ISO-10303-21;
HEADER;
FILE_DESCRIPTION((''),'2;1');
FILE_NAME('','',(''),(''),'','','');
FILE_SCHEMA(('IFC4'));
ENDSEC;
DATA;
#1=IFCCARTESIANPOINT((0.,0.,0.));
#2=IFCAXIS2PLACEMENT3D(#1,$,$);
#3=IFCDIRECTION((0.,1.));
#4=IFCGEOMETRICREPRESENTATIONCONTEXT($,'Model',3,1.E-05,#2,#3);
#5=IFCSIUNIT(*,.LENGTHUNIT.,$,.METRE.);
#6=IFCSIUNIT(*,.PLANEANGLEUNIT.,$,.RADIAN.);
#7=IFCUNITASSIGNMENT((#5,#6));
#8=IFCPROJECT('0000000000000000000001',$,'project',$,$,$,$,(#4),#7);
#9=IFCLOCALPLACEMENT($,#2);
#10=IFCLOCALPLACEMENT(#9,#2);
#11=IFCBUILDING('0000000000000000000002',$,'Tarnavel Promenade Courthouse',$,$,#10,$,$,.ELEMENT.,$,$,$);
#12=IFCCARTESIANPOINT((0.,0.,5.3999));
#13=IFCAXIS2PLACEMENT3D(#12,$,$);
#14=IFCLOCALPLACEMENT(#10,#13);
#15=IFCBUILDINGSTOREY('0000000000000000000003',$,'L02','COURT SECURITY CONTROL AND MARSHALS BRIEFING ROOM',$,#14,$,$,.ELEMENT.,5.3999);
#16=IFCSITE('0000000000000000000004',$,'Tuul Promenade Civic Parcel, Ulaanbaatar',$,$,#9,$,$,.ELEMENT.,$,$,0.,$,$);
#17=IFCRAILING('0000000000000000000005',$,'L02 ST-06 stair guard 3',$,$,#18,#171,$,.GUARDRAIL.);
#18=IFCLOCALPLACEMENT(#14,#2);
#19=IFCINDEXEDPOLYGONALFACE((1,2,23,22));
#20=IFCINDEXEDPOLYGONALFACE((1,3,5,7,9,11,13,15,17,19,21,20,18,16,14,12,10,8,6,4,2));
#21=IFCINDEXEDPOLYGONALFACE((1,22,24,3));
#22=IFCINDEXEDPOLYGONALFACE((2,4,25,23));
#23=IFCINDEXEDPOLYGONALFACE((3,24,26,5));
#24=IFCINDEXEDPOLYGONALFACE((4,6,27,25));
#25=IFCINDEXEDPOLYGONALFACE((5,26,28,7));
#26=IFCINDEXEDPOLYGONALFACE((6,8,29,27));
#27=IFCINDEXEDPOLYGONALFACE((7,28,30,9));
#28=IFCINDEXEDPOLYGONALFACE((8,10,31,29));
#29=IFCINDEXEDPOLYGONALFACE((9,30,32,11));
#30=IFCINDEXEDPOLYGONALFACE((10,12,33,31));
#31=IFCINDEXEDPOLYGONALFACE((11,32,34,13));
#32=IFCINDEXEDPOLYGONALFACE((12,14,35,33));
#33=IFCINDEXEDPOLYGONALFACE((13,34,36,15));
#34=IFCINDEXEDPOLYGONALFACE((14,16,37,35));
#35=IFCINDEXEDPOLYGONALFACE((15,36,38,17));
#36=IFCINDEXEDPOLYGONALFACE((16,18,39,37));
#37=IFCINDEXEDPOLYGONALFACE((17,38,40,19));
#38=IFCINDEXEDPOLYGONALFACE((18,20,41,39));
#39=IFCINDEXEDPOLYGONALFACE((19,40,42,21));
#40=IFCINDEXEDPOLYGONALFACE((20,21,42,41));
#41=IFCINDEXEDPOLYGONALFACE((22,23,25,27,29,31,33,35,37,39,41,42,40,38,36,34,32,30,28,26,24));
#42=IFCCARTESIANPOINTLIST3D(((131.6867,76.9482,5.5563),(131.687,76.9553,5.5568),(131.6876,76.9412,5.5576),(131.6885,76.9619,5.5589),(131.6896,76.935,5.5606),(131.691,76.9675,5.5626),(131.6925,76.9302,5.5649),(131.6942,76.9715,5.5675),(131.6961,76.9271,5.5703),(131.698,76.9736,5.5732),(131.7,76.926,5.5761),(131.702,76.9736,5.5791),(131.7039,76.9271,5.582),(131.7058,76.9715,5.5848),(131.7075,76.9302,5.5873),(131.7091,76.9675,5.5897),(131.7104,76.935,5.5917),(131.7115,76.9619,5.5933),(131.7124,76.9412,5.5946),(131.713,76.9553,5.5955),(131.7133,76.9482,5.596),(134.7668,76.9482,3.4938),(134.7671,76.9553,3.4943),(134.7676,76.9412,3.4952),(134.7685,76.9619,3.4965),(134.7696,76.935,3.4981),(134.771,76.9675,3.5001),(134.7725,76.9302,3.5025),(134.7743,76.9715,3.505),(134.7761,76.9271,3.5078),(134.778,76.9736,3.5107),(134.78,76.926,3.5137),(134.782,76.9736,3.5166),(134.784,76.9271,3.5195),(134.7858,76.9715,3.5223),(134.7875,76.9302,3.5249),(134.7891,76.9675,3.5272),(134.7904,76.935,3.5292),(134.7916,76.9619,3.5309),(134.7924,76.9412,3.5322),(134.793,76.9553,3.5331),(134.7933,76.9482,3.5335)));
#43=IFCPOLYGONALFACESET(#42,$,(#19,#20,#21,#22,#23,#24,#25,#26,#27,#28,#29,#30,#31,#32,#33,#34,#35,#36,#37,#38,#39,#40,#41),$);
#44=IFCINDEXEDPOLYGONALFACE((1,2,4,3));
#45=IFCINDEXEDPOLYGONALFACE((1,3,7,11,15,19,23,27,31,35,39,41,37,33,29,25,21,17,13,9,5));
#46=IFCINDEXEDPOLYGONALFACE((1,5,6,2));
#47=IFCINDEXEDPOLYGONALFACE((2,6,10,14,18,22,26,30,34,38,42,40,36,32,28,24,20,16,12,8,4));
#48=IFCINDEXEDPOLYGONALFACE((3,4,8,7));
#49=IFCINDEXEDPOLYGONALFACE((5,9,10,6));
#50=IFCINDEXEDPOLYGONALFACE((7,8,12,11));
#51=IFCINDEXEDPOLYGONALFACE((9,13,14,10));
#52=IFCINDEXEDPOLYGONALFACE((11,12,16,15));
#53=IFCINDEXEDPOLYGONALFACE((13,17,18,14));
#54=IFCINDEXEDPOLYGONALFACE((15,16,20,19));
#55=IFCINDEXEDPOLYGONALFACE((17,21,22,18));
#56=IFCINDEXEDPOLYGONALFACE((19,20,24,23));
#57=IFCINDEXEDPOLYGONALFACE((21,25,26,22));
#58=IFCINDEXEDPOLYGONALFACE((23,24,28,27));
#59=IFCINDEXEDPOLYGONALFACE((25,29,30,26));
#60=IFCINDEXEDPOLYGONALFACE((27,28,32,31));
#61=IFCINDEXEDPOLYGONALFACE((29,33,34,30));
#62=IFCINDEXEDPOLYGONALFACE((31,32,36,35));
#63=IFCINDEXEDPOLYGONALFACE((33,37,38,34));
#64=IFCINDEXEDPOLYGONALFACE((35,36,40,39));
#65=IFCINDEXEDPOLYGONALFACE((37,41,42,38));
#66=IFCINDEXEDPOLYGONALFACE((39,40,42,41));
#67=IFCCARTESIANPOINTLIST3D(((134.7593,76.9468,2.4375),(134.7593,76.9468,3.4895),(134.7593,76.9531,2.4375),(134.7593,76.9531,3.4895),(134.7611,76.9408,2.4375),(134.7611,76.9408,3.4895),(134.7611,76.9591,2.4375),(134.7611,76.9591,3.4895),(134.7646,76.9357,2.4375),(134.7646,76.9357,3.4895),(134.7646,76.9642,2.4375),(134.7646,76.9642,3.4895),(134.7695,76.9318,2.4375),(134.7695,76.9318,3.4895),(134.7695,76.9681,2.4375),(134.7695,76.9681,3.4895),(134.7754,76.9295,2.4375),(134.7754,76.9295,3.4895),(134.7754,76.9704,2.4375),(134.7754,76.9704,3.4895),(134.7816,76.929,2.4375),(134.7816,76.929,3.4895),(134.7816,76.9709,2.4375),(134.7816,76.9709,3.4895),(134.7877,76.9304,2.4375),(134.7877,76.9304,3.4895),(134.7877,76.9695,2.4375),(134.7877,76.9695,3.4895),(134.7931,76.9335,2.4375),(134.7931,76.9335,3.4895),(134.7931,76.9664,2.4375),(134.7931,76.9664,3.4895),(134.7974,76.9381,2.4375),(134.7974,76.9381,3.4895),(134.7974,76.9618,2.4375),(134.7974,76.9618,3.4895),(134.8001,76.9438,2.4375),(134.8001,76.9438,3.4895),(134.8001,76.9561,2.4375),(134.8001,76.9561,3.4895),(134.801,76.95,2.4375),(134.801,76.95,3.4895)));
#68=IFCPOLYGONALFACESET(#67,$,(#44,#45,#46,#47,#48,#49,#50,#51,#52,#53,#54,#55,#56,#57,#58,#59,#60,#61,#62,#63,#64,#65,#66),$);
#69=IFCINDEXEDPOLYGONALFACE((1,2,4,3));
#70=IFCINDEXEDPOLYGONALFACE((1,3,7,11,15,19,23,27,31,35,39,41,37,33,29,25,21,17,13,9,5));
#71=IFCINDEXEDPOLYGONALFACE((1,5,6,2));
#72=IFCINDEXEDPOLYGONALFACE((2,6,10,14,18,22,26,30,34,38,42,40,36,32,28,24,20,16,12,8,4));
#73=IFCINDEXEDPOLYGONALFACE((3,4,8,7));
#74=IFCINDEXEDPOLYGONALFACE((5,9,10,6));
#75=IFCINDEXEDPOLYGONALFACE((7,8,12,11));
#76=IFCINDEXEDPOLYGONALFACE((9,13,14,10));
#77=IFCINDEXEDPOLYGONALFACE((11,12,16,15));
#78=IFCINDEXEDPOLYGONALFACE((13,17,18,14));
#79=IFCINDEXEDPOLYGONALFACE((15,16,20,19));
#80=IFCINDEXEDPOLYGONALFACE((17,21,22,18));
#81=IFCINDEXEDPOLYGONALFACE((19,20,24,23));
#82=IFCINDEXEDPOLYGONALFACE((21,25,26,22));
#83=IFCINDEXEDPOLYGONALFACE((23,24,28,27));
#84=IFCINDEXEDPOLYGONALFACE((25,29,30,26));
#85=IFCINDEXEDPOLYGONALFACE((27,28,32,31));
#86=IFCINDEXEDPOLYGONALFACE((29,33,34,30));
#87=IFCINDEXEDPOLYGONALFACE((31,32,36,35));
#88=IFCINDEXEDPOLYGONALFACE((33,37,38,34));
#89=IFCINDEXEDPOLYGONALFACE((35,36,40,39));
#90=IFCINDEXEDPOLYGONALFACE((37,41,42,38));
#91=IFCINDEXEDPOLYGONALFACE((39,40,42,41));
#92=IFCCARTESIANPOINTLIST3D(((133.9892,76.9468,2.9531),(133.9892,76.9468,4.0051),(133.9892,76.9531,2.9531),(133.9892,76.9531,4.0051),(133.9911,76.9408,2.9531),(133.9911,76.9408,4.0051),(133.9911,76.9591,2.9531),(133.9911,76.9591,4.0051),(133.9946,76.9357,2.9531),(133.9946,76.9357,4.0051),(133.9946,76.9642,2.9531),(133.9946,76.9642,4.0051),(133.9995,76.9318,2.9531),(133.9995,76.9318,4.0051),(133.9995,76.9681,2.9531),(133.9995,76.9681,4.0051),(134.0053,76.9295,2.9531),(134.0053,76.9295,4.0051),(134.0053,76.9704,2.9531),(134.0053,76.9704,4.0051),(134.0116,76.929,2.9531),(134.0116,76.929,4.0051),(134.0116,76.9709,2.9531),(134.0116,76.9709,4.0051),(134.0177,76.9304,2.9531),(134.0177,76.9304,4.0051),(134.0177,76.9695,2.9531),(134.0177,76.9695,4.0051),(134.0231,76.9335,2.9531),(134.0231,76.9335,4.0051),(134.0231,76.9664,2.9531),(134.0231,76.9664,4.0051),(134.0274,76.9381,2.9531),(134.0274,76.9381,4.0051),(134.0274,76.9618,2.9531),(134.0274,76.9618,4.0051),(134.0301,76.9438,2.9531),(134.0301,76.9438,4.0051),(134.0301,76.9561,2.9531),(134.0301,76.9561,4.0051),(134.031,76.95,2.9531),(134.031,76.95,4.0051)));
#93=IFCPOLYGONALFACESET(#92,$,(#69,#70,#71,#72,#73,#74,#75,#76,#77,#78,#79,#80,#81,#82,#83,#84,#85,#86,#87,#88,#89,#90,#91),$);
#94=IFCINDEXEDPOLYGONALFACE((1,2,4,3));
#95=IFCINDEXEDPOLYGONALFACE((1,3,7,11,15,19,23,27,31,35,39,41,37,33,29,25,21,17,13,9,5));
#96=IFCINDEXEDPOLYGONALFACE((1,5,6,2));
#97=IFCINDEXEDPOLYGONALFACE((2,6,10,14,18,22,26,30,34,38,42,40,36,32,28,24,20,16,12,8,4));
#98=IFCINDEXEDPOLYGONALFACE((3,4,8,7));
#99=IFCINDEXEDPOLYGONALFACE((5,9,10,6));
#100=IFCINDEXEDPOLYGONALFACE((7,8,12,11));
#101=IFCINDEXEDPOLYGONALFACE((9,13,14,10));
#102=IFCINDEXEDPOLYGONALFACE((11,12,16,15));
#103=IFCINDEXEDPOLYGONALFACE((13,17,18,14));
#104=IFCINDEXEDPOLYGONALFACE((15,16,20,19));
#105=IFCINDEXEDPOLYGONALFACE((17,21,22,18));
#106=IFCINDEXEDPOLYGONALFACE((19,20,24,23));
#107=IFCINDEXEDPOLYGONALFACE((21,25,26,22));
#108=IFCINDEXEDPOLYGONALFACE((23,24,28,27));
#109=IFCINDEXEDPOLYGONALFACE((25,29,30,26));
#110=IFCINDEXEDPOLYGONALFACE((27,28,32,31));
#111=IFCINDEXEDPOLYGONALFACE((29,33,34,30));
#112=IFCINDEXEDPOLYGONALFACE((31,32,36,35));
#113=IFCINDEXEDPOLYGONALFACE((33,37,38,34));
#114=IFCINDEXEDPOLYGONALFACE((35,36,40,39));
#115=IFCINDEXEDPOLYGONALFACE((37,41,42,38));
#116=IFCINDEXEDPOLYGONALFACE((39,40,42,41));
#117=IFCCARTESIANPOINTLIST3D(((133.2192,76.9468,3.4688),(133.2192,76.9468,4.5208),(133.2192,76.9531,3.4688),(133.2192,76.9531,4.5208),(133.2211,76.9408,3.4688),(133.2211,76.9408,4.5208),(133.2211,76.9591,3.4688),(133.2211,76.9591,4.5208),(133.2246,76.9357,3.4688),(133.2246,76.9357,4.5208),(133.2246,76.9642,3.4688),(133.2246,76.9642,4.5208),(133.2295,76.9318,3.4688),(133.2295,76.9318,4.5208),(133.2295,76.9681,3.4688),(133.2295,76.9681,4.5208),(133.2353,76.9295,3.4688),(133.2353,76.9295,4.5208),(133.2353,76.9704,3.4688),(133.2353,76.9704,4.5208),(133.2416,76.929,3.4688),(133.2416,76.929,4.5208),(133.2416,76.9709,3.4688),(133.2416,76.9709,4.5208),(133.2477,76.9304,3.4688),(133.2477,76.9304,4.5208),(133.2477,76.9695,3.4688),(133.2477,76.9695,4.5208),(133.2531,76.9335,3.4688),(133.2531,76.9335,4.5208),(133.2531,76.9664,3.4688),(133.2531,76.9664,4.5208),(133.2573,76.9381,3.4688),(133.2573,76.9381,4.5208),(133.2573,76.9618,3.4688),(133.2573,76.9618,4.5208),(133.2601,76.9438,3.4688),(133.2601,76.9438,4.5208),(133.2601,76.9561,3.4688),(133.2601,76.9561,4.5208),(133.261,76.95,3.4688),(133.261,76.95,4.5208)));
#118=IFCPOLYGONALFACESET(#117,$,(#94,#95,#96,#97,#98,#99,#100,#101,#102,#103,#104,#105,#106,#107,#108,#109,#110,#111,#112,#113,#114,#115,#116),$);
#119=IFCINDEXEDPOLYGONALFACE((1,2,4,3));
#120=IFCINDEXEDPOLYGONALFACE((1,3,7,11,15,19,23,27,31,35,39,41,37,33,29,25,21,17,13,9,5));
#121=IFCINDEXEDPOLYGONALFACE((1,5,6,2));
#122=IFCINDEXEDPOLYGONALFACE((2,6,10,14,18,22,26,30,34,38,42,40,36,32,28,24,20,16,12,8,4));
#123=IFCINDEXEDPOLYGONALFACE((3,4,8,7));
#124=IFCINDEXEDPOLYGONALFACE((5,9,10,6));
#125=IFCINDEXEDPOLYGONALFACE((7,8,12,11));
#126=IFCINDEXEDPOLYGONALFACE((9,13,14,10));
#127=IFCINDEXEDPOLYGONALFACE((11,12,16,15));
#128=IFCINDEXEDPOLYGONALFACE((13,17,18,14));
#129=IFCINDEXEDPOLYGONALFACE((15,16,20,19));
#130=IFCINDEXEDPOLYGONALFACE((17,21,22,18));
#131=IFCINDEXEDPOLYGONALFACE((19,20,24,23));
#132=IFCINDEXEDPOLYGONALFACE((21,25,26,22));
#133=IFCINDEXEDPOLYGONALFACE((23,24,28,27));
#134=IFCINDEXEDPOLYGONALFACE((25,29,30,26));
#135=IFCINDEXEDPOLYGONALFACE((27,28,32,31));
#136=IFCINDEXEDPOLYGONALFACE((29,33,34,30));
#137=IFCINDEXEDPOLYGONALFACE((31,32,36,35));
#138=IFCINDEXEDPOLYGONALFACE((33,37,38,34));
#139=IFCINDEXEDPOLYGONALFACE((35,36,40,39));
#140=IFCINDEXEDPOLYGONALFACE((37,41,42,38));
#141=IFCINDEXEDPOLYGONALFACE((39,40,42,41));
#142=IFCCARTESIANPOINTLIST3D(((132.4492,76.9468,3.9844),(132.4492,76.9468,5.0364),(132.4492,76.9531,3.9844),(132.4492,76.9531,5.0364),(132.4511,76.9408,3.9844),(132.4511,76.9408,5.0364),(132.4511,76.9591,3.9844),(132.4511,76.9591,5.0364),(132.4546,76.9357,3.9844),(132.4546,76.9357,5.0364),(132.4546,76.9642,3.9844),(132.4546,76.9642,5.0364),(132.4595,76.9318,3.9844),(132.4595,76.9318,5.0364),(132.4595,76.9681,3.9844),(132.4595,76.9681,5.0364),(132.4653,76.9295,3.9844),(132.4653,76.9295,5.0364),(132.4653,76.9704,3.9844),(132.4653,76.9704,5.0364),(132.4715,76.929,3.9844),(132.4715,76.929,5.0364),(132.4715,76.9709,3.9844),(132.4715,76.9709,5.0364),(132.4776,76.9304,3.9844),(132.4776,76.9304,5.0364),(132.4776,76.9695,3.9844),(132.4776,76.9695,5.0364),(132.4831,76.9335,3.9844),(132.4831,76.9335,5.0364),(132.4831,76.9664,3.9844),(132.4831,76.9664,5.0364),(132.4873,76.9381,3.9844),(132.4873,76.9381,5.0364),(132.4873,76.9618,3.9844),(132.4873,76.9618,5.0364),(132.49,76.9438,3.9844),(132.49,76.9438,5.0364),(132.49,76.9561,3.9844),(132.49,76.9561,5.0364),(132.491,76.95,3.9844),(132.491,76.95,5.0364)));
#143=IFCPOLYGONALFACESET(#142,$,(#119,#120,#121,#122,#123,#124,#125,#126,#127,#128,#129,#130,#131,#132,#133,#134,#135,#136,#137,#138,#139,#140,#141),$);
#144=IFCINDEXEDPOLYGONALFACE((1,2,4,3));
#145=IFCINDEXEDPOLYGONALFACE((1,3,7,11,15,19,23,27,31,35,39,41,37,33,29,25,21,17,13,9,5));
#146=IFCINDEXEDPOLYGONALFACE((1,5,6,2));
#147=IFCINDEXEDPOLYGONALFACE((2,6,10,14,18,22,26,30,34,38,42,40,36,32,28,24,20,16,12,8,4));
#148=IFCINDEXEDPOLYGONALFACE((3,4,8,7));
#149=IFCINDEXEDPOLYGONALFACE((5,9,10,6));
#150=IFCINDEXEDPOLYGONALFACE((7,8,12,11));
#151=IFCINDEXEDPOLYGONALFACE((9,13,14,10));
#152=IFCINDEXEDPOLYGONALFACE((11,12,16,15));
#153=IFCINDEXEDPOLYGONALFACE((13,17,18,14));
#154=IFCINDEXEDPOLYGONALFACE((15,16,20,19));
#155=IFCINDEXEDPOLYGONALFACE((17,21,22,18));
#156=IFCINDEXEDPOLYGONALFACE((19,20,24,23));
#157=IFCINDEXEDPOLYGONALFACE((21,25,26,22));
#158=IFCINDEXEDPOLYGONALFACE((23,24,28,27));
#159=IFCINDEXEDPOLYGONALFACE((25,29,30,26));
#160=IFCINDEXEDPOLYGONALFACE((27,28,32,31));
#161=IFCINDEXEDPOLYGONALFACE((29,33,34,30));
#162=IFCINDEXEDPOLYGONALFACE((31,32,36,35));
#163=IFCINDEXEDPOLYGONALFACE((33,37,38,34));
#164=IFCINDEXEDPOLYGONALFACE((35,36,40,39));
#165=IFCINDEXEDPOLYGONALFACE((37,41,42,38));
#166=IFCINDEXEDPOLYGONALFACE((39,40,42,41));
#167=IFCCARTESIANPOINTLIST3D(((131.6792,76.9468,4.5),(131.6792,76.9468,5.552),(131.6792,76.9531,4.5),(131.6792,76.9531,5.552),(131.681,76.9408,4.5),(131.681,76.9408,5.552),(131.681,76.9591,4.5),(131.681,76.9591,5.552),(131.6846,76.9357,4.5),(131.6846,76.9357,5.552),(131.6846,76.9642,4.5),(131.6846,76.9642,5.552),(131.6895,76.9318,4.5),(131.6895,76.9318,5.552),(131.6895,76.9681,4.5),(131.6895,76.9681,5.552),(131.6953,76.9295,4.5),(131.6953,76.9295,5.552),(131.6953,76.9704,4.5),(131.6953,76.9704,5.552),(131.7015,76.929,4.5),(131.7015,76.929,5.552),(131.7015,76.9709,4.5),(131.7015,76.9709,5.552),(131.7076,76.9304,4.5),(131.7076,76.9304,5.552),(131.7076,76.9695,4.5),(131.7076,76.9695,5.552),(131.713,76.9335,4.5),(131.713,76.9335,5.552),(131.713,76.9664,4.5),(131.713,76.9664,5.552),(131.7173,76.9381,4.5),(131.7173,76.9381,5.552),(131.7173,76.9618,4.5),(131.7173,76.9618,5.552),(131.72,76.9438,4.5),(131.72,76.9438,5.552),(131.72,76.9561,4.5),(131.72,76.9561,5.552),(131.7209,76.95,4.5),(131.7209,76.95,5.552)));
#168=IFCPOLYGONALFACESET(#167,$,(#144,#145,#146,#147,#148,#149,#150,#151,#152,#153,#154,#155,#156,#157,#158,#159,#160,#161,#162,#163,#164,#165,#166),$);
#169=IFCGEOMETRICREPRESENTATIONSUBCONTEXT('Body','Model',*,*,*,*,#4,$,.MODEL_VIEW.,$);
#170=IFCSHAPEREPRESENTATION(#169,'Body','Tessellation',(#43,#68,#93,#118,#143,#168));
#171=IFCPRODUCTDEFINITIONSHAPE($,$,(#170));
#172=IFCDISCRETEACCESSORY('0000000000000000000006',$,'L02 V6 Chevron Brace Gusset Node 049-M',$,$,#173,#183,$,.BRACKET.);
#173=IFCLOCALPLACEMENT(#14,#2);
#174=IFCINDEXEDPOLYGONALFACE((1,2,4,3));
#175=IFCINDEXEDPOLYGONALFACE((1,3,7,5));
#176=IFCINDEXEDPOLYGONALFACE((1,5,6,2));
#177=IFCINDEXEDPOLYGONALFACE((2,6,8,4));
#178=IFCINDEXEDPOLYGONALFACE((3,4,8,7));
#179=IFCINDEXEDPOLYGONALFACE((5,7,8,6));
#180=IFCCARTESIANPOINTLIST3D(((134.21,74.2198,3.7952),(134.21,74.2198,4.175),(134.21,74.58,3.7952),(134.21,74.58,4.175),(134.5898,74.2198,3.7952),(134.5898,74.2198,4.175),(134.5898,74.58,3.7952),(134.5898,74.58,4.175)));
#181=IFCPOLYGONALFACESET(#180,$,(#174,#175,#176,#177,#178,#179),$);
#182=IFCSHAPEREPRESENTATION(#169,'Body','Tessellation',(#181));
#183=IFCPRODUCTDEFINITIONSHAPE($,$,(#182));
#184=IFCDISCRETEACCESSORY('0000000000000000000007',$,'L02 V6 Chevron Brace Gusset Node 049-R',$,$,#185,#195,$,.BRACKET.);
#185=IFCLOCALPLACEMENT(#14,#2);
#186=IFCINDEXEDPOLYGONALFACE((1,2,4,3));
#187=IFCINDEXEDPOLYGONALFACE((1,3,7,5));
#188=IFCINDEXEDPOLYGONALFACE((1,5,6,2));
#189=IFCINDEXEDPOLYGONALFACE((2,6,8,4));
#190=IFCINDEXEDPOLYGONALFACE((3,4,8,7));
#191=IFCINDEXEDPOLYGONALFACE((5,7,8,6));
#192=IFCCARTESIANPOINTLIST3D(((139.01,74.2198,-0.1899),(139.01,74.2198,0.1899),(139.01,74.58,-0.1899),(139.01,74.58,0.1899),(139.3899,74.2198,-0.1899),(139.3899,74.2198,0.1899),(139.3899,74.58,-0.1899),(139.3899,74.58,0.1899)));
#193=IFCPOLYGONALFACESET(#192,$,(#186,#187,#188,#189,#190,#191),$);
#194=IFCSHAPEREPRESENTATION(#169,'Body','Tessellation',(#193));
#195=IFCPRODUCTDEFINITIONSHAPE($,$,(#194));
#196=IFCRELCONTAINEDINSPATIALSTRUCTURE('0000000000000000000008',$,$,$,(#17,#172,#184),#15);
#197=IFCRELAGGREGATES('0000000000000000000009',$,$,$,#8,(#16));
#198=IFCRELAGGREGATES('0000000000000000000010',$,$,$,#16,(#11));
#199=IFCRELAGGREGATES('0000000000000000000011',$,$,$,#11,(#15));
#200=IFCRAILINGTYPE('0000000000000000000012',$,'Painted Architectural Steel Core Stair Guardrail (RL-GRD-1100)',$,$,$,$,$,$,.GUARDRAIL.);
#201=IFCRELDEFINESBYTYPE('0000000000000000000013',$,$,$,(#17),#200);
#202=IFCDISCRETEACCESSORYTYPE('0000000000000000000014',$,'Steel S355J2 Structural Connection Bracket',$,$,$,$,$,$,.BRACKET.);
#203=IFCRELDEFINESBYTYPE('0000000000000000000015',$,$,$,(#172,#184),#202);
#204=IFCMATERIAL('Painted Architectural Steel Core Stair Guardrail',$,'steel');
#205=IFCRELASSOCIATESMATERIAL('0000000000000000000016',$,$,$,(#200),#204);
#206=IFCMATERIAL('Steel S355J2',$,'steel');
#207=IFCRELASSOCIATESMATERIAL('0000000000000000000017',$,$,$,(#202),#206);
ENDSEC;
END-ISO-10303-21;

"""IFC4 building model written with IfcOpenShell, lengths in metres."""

from ifc_helpers import new_model, si_unit, direction, frame, origin, origin_2d, place, context, subcontext, project, spatial, rectangle, circle, extrude, material, type_object, element, save


model = new_model("IFC4")

# Units and contexts
model_context = context("Model", 3, precision=1e-05, world=origin(), true_north=direction((0.0, 1.0)))
body_context = subcontext(model_context, "Body", "Model", "MODEL_VIEW")
ifc_project = project(units=[si_unit("LENGTHUNIT", "METRE"), si_unit("PLANEANGLEUNIT", "RADIAN")], contexts=[model_context])

# Site, building, storey
site_placement = place(None, origin())
site = spatial("IfcSite", under=ifc_project, at=site_placement, Name="Tuul Promenade Civic Parcel, Ulaanbaatar", CompositionType="ELEMENT", RefElevation=0.0)
building_placement = place(site_placement, origin())
building = spatial("IfcBuilding", under=site, at=building_placement, Name="Tarnavel Promenade Courthouse", CompositionType="ELEMENT")
storey_placement = place(building_placement, frame((0.0, 0.0, 5.3999)))
storey = spatial("IfcBuildingStorey", under=building, at=storey_placement, Name="L02", Description="COURT SECURITY CONTROL AND MARSHALS BRIEFING ROOM", CompositionType="ELEMENT", Elevation=5.3999)

# Shared definitions
ifc_material_1 = material(Name="Steel S355J2", Category="steel")

# Railing
ifc_material_2 = material(Name="Painted Architectural Steel Core Stair Guardrail", Category="steel")
railing_type_1 = type_object("IfcRailingType", Name="Painted Architectural Steel Core Stair Guardrail (RL-GRD-1100)", PredefinedType="GUARDRAIL", material=ifc_material_2)
railing_1_placement = place(storey_placement, frame((134.78, 76.95, 2.4375)))
element("IfcRailing", 1, at=railing_1_placement, inside=storey, type_object=railing_type_1, Name="L02 ST-06 stair guard 3", PredefinedType="GUARDRAIL", context=body_context, shape_type="SweptSolid", body=[
    extrude(circle(Radius=0.0239, at=origin_2d()), frame((0.0, 0.0, 1.0762), z_axis=(-0.830914, 0.0, 0.556401), x_axis=(0.0, -1.0, 0.0)), (0.0, 0.0, 1.0), 3.7068),
    extrude(circle(Radius=0.021, at=origin_2d()), origin(), (0.0, 0.0, 1.0), 1.052),
    extrude(circle(Radius=0.021, at=origin_2d()), frame((-0.77, 0.0, 0.5156)), (0.0, 0.0, 1.0), 1.052),
    extrude(circle(Radius=0.021, at=origin_2d()), frame((-1.54, 0.0, 1.0312)), (0.0, 0.0, 1.0), 1.052),
    extrude(circle(Radius=0.021, at=origin_2d()), frame((-2.3101, 0.0, 1.5469)), (0.0, 0.0, 1.0), 1.052),
    extrude(circle(Radius=0.021, at=origin_2d()), frame((-3.0801, 0.0, 2.0625)), (0.0, 0.0, 1.0), 1.052),
])

# Discrete accessories
discrete_accessory_type = type_object("IfcDiscreteAccessoryType", Name="Steel S355J2 Structural Connection Bracket", PredefinedType="BRACKET", material=ifc_material_1)
for number, where, z_axis, x_axis, name in (
    (2, (134.3999, 74.3999, 3.7952), (0.0, 0.0, 1.0), (1.0, 0.0, 0.0), "L02 V6 Chevron Brace Gusset Node 049-M"),
    (3, (139.2, 74.3999, -0.1899), (0.0, 0.0, 1.0), (1.0, 0.0, 0.0), "L02 V6 Chevron Brace Gusset Node 049-R"),
):
    element("IfcDiscreteAccessory", number, at=place(storey_placement, frame(where, z_axis=z_axis, x_axis=x_axis)), inside=storey, type_object=discrete_accessory_type, Name=name, PredefinedType="BRACKET", context=body_context, shape_type="SweptSolid", body=[
        extrude(rectangle(XDim=0.3799, YDim=0.3601, at=origin_2d()), origin(), (0.0, 0.0, 1.0), 0.3799),
    ])

save(model, "model.ifc")
